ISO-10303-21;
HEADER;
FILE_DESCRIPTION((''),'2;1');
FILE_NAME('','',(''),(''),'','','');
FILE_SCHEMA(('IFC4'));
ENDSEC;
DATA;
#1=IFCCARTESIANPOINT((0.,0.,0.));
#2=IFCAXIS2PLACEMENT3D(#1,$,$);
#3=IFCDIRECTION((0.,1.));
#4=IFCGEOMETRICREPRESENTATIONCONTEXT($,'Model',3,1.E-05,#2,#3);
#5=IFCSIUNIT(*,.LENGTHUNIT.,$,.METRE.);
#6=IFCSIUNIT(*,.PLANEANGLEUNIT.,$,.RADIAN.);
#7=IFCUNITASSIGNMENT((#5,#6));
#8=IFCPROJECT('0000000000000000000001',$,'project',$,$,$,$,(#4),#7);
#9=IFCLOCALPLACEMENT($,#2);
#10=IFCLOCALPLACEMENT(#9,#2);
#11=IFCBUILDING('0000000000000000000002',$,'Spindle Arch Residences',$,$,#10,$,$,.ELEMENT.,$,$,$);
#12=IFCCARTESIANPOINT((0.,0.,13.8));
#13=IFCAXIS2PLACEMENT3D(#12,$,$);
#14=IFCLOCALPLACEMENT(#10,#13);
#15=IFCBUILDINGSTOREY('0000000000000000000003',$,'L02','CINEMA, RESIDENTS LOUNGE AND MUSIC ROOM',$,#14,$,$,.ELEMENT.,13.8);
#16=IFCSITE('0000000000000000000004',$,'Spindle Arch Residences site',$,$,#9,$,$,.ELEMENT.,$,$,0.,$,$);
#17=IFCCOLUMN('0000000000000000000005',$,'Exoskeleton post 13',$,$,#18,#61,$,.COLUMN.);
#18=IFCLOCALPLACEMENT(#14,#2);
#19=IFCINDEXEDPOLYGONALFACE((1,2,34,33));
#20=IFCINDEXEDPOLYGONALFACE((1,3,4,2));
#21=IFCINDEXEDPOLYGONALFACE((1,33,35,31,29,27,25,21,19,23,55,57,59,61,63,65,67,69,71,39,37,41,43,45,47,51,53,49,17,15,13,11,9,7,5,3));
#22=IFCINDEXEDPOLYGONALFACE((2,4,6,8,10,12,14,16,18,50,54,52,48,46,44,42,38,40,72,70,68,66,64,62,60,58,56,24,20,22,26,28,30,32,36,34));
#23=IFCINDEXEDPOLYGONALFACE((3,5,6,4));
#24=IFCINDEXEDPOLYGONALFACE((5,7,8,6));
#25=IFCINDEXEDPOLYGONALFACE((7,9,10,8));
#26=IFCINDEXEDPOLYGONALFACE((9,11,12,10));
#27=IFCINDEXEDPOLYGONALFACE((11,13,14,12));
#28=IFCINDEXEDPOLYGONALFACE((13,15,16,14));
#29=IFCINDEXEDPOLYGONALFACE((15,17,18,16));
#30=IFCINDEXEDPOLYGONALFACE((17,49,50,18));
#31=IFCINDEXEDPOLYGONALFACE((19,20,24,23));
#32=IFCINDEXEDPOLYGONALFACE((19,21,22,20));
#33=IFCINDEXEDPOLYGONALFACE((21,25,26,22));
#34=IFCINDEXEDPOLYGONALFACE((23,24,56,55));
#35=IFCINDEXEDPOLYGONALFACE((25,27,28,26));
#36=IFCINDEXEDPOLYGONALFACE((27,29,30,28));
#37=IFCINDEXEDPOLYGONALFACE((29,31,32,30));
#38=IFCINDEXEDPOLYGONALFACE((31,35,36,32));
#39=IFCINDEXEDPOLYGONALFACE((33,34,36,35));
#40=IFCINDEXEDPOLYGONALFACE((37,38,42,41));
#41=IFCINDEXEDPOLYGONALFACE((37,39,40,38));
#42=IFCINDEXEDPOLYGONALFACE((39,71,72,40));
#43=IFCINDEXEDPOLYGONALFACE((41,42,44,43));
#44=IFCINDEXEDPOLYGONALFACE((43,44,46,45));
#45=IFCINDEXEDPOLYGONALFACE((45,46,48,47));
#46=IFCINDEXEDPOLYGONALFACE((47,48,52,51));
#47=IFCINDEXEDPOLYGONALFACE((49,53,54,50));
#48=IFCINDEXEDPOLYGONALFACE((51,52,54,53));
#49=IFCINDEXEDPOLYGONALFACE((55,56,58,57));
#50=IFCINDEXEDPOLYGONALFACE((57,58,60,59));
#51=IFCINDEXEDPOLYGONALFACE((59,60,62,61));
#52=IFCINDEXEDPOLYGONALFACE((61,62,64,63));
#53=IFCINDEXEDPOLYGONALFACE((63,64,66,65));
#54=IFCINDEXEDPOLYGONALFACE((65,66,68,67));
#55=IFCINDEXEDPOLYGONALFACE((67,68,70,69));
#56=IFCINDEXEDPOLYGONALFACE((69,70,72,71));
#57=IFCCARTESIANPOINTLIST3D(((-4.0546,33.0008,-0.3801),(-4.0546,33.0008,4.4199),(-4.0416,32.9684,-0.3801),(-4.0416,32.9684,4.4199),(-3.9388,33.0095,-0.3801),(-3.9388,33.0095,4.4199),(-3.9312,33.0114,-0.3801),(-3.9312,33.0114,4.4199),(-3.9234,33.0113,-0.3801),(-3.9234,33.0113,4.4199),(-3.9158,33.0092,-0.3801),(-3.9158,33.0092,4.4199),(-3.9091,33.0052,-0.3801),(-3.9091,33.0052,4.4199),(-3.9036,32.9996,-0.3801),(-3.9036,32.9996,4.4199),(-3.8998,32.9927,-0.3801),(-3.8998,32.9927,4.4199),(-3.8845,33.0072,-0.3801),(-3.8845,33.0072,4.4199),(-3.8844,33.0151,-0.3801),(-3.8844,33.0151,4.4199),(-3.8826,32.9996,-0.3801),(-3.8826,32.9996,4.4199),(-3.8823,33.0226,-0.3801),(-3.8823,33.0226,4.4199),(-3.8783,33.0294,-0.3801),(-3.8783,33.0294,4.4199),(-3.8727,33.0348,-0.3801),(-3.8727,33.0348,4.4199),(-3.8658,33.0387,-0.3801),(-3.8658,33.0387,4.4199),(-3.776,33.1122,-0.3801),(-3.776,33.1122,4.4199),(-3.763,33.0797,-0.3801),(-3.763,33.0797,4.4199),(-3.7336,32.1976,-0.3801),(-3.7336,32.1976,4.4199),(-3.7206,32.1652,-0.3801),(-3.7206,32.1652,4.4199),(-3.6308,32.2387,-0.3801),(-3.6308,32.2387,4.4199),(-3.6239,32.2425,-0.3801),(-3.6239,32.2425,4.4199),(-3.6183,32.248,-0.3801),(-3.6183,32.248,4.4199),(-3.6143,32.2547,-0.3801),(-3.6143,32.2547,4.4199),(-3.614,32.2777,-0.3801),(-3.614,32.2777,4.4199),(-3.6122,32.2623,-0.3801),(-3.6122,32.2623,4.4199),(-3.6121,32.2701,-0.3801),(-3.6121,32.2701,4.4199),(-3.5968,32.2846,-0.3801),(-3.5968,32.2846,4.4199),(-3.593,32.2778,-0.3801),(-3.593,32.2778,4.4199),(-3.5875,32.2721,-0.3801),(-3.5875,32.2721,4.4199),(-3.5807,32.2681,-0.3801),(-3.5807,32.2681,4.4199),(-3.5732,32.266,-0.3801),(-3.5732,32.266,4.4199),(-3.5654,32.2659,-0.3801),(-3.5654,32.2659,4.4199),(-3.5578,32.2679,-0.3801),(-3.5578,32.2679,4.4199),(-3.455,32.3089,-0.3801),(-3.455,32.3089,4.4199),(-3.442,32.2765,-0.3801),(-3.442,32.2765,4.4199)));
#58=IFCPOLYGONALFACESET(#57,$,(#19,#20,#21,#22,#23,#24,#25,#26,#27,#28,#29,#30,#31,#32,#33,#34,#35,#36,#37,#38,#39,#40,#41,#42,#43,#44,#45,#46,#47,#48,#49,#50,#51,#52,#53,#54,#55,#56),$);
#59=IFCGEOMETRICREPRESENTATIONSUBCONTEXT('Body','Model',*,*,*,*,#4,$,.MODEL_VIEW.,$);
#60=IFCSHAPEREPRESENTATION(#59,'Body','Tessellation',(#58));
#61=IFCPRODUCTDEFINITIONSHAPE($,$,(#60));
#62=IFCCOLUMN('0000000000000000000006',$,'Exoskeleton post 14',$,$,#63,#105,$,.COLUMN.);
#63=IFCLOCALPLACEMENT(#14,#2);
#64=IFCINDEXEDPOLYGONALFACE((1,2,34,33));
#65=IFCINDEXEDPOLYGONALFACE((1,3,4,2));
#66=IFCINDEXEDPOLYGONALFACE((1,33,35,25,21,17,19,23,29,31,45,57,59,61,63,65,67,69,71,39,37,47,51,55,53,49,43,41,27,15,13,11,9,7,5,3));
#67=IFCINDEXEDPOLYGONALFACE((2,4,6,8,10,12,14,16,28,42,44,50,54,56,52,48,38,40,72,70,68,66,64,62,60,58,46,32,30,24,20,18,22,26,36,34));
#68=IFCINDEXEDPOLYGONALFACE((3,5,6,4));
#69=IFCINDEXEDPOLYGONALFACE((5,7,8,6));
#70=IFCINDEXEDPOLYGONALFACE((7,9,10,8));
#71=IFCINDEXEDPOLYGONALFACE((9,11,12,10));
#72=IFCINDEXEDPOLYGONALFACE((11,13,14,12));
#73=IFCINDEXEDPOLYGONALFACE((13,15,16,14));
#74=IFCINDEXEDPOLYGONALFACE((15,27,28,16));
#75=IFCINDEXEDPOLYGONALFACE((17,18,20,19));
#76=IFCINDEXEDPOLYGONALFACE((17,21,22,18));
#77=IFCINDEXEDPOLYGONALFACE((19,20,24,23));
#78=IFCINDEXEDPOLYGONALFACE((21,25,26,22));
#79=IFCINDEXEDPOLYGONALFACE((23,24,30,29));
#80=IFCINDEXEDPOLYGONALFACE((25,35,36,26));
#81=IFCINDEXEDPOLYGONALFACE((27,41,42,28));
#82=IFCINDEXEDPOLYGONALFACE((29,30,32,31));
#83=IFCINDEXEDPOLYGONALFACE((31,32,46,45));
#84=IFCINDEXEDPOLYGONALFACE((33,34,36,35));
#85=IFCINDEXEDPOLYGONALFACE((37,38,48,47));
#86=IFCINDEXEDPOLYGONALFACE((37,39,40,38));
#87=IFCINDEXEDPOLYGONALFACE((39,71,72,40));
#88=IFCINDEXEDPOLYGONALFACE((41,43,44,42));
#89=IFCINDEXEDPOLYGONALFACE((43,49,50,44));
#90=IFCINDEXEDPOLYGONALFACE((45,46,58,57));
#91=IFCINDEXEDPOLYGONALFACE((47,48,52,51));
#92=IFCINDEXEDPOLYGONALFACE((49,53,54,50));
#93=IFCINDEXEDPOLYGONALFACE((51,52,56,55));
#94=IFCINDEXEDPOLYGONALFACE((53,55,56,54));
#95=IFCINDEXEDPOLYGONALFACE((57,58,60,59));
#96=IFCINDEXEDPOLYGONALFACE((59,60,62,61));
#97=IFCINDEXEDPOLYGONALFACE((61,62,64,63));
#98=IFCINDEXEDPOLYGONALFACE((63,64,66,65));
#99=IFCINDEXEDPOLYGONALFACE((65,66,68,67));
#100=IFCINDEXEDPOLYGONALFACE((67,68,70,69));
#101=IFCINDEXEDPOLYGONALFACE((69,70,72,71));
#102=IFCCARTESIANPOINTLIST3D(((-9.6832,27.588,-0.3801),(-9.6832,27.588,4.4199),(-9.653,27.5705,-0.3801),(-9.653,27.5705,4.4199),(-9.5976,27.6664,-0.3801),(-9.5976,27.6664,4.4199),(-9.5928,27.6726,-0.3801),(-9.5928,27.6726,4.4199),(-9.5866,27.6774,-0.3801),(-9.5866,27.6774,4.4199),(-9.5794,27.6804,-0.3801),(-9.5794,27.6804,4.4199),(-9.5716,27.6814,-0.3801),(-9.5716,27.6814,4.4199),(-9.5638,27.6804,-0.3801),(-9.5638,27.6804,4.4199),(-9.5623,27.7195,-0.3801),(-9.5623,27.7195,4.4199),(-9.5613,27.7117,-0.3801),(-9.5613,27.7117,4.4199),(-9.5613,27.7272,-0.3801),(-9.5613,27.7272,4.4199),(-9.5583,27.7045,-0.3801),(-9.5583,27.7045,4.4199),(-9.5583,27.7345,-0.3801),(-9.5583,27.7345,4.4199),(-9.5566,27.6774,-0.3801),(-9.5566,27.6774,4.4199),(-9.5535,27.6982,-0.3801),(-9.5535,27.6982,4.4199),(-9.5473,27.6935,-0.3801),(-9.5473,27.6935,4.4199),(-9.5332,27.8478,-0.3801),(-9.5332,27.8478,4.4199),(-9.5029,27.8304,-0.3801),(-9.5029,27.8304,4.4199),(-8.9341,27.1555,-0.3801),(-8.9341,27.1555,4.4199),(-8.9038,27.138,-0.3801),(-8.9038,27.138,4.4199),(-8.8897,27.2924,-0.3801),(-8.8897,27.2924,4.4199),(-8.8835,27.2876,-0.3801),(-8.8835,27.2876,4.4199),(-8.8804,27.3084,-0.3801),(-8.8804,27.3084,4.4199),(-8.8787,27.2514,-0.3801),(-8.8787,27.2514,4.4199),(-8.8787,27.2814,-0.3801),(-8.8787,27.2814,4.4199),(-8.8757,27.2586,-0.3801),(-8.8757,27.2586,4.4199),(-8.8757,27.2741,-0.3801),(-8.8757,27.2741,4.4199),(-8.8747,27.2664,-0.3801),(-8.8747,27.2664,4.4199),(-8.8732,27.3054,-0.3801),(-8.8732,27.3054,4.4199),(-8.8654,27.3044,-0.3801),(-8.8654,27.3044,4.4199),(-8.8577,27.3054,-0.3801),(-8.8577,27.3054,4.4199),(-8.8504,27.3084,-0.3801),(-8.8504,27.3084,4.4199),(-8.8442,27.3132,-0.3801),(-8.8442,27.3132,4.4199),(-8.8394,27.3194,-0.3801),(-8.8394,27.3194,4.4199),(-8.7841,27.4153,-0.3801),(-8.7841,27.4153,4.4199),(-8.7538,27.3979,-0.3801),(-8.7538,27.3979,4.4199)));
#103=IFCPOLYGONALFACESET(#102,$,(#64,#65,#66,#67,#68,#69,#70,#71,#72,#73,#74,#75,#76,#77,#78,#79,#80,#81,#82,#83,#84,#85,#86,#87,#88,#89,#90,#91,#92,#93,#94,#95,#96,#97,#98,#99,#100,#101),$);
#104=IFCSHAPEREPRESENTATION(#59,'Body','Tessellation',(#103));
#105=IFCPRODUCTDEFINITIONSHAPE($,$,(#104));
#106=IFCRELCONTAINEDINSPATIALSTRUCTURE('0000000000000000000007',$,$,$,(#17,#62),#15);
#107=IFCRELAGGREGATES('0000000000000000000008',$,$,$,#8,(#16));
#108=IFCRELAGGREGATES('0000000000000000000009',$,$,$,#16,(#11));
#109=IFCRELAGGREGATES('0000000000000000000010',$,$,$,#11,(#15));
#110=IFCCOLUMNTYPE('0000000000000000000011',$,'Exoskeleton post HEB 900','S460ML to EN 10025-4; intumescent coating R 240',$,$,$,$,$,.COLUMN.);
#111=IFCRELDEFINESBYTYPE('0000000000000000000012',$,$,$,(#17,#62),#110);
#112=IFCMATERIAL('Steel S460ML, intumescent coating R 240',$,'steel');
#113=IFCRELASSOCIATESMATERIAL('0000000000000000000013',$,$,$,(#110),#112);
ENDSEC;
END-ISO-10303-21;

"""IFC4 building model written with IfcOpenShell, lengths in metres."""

from ifc_helpers import new_model, si_unit, direction, frame, origin, origin_2d, place, context, subcontext, project, spatial, i_section, extrude, material, material_profile, profile_set, type_object, element, save


model = new_model("IFC4")

# Units and contexts
model_context = context("Model", 3, precision=1e-05, world=origin(), true_north=direction((0.0, 1.0)))
body_context = subcontext(model_context, "Body", "Model", "MODEL_VIEW")
ifc_project = project(units=[si_unit("LENGTHUNIT", "METRE"), si_unit("PLANEANGLEUNIT", "RADIAN")], contexts=[model_context])

# Site, building, storey
site_placement = place(None, origin())
site = spatial("IfcSite", under=ifc_project, at=site_placement, Name="Spindle Arch Residences site", CompositionType="ELEMENT", RefElevation=0.0)
building_placement = place(site_placement, origin())
building = spatial("IfcBuilding", under=site, at=building_placement, Name="Spindle Arch Residences", CompositionType="ELEMENT")
storey_placement = place(building_placement, frame((0.0, 0.0, 13.8)))
storey = spatial("IfcBuildingStorey", under=building, at=storey_placement, Name="L02", Description="CINEMA, RESIDENTS LOUNGE AND MUSIC ROOM", CompositionType="ELEMENT", Elevation=13.8)

# Columns
ifc_material_1 = material(Name="Steel S460ML, intumescent coating R 240", Category="steel")
ifc_material_profile_1 = material_profile(ifc_material_1, i_section(OverallWidth=0.3, OverallDepth=0.8999, WebThickness=0.0186, FlangeThickness=0.0349, FilletRadius=0.03, at=origin_2d()), Name="HEB 900")
ifc_profile_set_1 = profile_set([ifc_material_profile_1], Name="Steel S460ML, intumescent coating R 240")
column_type_1 = type_object("IfcColumnType", Name="Exoskeleton post HEB 900", Description="S460ML to EN 10025-4; intumescent coating R 240", PredefinedType="COLUMN", material=ifc_profile_set_1)
for number, where, z_axis, x_axis, name in (
    (1, (-3.7483, 32.6387, -0.3801), (0.0, 0.0, 1.0), (0.92859, 0.371108, 0.0), "Exoskeleton post 13"),
    (2, (-9.2185, 27.4929, -0.3801), (0.0, 0.0, 1.0), (0.5, 0.866025, 0.0), "Exoskeleton post 14"),
):
    element("IfcColumn", number, at=place(storey_placement, frame(where, z_axis=z_axis, x_axis=x_axis)), inside=storey, type_object=column_type_1, Name=name, PredefinedType="COLUMN", context=body_context, shape_type="SweptSolid", body=[
        extrude(i_section(OverallWidth=0.3, OverallDepth=0.8999, WebThickness=0.0186, FlangeThickness=0.0349, FilletRadius=0.03, at=origin_2d()), origin(), (0.0, 0.0, 1.0), 4.8),
    ])

save(model, "model.ifc")
